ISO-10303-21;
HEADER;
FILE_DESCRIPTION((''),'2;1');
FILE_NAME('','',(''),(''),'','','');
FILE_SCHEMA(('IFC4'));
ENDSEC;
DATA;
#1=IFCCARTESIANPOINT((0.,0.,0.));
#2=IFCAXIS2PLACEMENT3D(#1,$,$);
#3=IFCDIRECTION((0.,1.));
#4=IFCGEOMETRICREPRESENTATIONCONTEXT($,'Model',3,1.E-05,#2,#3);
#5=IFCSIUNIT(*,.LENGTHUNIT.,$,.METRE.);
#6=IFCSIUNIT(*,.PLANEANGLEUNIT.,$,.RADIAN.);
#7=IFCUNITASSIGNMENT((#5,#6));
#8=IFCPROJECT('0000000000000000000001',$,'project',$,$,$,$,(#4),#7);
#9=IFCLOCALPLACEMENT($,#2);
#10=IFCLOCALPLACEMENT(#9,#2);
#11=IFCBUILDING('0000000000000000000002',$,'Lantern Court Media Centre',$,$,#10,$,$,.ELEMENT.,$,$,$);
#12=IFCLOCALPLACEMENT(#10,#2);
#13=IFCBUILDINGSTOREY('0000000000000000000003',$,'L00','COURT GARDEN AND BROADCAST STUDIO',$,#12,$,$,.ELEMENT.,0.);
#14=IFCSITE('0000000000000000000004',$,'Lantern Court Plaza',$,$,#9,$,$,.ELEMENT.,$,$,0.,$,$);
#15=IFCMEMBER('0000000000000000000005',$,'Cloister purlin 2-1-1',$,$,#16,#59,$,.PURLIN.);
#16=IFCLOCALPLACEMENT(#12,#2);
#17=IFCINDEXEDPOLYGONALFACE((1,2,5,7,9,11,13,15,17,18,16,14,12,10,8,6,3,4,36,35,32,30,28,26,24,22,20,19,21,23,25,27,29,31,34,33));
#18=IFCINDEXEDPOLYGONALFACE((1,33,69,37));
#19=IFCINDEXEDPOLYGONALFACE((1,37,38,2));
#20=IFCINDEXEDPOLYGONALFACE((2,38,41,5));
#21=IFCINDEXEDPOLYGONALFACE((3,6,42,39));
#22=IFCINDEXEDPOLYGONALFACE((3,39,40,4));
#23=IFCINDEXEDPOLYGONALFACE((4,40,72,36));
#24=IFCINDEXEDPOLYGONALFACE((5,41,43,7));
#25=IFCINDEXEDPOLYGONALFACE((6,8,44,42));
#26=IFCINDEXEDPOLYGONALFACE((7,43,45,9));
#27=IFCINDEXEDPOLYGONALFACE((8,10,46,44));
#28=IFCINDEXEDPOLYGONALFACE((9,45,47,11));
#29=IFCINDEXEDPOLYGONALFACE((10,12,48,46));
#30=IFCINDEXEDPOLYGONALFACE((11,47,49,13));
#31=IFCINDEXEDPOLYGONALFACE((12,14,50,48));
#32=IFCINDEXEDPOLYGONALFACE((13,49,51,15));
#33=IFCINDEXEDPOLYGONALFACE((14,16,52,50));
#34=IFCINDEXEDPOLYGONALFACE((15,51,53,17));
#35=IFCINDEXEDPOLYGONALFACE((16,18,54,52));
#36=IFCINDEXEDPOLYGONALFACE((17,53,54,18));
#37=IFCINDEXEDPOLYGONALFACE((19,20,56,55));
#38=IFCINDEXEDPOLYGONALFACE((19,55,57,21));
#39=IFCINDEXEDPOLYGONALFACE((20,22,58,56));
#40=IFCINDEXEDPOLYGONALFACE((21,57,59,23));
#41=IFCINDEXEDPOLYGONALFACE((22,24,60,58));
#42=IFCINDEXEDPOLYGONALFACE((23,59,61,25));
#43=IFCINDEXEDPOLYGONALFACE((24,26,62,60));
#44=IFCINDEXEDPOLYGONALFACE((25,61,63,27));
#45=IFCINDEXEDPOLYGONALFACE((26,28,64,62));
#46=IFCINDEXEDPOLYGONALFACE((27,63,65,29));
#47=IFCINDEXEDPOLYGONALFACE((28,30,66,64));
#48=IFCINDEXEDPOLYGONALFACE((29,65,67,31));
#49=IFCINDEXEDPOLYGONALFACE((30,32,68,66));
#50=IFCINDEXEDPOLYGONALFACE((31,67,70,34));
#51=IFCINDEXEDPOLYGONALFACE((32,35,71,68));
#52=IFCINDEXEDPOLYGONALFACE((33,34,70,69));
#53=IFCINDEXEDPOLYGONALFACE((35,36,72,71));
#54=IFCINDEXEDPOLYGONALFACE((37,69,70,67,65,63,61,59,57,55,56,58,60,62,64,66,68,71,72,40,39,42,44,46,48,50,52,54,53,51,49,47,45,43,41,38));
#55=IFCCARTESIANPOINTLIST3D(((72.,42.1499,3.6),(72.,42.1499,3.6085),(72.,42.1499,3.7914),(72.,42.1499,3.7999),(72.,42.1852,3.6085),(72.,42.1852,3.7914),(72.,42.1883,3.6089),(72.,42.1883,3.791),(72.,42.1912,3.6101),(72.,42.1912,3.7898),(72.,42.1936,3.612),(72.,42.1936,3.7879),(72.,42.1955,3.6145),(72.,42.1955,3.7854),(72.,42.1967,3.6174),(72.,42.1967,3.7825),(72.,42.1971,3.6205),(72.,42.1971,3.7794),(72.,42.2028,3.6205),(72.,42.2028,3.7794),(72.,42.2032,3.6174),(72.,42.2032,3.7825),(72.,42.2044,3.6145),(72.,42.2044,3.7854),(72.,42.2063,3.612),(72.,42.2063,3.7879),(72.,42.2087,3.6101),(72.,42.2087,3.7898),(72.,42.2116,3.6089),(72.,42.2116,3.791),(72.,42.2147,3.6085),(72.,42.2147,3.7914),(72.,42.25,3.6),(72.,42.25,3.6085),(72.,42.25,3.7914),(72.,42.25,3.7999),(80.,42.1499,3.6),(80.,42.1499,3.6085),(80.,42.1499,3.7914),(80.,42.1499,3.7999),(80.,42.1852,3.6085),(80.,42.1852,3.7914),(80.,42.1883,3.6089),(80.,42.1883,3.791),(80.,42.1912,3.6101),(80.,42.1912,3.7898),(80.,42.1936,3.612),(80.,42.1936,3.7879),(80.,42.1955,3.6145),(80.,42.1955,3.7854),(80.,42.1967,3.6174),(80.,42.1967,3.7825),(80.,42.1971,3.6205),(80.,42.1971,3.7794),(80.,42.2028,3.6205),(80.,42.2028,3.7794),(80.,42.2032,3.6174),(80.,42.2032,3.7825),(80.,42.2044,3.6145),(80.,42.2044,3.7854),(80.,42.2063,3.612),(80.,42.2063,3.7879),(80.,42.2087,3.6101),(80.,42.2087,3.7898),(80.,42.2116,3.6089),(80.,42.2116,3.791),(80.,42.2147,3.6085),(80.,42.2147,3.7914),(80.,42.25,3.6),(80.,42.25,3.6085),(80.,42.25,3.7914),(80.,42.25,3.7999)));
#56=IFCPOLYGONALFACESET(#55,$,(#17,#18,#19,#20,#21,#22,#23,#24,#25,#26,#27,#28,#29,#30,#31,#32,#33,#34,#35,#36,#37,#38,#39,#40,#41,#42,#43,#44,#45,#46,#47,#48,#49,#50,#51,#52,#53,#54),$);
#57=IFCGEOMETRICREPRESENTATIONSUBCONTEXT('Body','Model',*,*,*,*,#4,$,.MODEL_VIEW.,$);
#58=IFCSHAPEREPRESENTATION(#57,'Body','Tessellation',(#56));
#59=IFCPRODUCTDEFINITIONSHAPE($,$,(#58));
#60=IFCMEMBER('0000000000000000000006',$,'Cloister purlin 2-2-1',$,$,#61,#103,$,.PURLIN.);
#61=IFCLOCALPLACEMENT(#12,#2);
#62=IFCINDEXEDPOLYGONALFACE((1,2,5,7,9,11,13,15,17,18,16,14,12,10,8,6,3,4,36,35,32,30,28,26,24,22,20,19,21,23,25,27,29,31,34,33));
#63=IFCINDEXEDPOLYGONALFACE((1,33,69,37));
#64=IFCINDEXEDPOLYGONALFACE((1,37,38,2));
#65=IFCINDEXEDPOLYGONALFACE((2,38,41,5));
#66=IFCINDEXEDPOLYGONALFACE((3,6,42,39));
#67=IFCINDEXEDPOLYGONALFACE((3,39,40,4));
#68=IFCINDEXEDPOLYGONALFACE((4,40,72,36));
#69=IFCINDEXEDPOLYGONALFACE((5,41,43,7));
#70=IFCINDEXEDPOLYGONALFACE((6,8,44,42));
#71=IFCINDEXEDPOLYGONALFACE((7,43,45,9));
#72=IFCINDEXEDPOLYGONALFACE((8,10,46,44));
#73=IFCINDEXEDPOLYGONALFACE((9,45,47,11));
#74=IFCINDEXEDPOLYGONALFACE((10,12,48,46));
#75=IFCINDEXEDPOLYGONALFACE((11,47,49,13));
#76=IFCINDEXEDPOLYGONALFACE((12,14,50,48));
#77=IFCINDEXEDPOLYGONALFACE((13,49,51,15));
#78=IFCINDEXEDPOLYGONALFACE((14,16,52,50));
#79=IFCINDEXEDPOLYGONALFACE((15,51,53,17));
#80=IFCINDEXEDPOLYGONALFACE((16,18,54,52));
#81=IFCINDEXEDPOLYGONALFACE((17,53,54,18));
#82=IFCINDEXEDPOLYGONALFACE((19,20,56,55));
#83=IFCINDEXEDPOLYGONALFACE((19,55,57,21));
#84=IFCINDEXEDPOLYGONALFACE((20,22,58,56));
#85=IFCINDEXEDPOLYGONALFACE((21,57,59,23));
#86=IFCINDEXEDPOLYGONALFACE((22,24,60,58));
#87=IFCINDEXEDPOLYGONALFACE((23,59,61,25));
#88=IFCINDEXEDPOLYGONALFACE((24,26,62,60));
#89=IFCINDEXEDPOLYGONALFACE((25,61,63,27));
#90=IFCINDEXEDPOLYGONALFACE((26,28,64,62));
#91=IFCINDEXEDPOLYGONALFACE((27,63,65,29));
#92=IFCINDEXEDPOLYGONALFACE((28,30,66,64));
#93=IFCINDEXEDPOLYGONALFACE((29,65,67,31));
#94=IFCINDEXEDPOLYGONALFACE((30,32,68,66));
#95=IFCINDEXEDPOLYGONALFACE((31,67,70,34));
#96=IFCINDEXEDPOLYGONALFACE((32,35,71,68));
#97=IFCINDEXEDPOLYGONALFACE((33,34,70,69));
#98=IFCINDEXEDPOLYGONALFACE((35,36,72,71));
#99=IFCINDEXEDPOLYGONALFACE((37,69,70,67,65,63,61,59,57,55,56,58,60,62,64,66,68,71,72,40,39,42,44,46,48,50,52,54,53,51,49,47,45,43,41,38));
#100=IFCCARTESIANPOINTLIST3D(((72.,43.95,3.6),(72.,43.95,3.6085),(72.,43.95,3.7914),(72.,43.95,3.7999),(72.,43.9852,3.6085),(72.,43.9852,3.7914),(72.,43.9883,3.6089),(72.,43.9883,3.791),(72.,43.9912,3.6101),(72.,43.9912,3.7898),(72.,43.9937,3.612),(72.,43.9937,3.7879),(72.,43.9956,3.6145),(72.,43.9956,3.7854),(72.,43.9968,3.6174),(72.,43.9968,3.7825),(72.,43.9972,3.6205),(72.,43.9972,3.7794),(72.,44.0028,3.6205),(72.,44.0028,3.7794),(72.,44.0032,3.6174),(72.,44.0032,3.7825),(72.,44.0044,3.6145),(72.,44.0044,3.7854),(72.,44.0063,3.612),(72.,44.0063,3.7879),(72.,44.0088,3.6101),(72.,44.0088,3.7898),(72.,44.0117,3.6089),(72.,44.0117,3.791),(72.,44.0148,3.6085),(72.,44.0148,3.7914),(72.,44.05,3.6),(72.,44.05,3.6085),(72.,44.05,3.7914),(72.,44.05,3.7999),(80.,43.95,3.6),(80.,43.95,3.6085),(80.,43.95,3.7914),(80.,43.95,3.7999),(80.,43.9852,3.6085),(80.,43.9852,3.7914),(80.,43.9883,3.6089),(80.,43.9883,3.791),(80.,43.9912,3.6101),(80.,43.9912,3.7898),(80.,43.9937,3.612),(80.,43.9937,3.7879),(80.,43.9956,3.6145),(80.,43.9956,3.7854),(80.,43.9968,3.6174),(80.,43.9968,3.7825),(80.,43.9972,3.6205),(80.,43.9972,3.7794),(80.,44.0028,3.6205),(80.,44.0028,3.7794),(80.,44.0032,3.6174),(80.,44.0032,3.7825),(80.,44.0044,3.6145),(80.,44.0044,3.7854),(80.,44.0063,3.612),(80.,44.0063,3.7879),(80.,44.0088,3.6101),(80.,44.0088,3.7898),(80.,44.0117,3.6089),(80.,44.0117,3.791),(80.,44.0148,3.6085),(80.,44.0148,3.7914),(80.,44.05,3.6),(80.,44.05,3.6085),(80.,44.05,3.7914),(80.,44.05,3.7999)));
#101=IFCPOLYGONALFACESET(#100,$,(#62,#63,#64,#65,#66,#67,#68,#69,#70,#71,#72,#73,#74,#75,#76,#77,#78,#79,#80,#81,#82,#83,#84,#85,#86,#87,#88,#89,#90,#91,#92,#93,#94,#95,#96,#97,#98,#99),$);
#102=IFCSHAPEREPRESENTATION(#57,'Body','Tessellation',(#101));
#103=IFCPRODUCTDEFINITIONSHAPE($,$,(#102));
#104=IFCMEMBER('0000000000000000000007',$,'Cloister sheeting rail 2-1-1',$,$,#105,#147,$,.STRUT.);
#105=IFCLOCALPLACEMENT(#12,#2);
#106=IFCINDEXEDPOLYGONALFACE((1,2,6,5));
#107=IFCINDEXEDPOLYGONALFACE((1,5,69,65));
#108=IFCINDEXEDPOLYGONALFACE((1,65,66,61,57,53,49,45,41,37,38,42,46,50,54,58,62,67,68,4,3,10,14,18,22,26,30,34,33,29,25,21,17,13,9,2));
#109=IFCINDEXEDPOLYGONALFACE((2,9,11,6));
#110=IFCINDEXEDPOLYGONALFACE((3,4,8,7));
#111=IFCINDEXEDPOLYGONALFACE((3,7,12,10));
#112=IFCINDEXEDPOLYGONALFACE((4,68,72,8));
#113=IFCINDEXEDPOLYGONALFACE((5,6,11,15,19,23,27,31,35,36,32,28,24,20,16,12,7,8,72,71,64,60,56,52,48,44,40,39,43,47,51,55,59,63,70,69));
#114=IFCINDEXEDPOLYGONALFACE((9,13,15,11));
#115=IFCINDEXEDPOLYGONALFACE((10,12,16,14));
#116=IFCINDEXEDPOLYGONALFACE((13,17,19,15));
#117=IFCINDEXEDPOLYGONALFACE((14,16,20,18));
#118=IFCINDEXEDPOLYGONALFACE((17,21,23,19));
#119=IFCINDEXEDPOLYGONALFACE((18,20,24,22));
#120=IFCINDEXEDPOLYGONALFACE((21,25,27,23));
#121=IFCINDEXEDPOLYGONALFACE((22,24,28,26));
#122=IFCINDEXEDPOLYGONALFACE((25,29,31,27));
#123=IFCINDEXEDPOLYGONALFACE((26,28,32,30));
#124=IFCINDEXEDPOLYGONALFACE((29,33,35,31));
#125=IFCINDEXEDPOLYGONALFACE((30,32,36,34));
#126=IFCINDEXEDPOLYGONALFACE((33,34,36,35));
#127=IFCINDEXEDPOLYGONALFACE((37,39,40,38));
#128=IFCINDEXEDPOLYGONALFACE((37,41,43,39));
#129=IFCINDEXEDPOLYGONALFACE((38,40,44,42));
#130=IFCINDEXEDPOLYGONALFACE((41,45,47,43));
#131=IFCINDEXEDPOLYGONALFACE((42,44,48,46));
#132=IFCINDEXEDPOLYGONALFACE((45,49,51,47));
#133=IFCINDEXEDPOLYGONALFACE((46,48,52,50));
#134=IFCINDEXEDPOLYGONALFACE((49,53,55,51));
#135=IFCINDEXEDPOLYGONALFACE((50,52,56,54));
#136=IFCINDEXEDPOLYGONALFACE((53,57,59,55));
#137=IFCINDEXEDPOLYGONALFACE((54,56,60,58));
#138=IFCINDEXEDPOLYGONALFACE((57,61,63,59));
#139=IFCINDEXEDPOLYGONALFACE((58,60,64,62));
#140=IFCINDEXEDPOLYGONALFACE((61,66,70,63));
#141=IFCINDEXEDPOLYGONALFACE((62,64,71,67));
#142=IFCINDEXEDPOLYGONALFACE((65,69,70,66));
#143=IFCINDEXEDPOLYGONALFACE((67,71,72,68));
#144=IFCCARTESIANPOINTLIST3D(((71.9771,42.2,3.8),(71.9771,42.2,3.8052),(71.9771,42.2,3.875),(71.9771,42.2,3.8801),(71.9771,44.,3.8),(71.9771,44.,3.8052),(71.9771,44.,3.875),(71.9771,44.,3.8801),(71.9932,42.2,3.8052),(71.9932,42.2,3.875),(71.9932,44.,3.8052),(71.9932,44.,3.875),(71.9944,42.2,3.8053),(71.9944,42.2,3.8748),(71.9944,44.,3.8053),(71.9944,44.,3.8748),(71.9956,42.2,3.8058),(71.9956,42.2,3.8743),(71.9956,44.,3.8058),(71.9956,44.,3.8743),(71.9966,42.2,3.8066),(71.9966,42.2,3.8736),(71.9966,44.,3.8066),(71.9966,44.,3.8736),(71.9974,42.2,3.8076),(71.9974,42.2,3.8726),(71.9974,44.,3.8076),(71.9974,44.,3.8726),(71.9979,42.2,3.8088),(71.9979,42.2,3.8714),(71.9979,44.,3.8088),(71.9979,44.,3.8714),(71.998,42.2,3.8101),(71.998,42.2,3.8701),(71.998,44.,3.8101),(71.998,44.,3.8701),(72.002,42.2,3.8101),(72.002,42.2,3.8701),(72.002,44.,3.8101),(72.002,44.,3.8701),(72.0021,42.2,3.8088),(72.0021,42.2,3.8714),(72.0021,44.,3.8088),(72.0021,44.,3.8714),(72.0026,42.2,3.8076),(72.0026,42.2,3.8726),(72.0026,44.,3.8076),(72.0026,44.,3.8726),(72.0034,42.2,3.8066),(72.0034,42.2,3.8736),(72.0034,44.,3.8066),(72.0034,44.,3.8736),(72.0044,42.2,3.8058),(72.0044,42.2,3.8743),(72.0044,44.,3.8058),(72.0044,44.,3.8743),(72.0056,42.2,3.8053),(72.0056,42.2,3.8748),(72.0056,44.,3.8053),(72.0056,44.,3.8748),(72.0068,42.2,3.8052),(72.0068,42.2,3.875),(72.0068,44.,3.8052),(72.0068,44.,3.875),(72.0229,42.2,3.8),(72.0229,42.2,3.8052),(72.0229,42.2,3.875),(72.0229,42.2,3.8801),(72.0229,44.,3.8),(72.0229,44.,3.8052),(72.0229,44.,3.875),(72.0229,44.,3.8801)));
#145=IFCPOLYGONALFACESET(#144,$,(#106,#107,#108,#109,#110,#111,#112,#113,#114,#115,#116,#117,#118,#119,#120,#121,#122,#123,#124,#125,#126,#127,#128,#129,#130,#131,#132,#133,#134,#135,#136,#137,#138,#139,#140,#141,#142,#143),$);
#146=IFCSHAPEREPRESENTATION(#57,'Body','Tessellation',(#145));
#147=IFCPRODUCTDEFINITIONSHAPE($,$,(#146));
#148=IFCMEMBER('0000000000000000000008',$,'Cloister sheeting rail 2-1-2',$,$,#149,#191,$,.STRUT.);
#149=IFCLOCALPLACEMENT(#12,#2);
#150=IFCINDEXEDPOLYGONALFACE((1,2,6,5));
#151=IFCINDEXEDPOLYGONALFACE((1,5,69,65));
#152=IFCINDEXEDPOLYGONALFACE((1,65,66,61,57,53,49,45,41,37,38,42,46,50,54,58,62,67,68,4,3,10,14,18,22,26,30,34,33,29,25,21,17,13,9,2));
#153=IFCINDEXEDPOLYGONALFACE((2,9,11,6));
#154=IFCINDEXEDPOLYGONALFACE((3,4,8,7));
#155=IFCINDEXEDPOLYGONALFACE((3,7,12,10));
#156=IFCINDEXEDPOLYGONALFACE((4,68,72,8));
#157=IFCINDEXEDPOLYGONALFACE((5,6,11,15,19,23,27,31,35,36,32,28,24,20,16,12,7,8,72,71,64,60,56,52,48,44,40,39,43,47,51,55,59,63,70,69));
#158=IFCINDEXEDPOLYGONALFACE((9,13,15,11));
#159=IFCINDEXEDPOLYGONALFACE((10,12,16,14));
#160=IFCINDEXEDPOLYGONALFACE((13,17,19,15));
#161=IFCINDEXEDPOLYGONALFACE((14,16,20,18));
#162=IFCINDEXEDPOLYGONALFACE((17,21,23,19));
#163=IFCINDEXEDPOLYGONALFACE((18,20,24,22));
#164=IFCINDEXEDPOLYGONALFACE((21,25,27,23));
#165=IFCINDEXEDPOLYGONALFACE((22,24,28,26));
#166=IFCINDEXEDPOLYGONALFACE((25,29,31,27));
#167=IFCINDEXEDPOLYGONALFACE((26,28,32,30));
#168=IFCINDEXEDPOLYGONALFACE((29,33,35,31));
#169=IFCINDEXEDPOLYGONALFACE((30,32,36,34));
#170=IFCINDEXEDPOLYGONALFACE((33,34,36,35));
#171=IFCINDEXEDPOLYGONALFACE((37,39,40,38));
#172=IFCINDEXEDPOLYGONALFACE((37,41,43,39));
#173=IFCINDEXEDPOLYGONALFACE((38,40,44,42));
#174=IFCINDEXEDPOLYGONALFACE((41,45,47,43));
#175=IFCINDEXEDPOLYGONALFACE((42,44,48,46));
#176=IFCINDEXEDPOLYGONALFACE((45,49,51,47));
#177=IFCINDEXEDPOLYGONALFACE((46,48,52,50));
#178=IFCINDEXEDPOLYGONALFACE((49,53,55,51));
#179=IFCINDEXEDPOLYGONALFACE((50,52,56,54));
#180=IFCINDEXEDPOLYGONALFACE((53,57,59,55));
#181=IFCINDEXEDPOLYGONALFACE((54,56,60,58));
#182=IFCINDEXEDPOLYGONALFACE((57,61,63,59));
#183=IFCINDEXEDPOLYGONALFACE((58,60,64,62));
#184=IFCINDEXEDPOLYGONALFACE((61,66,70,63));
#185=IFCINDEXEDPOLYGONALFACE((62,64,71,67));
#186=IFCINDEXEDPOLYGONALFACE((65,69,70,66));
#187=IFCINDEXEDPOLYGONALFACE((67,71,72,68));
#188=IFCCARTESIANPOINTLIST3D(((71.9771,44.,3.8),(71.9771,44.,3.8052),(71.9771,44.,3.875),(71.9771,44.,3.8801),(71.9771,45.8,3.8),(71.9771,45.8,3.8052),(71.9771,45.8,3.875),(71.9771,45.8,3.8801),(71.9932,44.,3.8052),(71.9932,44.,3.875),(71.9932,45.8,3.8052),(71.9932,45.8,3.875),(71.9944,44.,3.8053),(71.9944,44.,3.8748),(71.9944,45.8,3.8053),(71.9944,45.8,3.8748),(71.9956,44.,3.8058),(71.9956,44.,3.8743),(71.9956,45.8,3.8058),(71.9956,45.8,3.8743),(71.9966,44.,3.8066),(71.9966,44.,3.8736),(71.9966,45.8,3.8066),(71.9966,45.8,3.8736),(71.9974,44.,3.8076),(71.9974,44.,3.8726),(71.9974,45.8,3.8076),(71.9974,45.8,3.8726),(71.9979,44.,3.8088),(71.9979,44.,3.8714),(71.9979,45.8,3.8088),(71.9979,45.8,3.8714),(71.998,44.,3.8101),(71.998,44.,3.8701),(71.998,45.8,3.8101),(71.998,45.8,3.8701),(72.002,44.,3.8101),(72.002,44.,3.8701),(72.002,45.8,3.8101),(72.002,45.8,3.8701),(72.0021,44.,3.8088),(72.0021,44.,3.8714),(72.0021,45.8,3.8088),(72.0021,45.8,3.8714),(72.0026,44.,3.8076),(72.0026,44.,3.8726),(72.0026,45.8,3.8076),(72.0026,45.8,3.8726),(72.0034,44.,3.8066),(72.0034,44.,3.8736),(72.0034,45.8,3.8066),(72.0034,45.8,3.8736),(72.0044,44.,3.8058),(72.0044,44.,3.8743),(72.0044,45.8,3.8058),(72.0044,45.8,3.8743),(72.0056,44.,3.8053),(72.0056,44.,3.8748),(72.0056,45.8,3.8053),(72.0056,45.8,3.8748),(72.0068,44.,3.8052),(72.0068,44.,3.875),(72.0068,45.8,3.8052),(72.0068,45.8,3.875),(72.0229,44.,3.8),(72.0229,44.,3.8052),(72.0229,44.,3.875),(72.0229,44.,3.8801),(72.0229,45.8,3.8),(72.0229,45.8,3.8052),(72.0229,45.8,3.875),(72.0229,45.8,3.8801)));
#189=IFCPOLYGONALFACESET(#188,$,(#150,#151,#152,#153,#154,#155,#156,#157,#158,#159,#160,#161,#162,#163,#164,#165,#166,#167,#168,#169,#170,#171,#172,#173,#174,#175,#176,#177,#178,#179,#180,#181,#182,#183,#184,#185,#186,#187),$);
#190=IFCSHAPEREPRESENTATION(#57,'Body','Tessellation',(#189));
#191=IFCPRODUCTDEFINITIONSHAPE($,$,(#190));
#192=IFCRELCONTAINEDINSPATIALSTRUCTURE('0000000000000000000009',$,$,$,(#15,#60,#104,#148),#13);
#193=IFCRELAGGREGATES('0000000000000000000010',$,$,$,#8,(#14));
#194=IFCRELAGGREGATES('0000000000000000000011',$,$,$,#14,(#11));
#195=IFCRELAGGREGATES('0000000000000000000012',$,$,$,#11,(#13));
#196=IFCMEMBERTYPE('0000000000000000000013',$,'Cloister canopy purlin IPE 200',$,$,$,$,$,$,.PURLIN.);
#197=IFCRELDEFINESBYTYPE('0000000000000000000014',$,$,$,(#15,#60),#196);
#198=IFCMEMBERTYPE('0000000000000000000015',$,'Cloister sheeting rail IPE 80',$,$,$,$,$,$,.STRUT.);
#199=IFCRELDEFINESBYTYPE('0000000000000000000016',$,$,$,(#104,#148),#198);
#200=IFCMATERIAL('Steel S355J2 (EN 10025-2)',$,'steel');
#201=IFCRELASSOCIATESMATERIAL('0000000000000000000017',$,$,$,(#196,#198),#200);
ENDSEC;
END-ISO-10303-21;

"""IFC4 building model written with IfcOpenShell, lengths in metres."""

from ifc_helpers import new_model, si_unit, direction, frame, origin, origin_2d, place, context, subcontext, project, spatial, i_section, extrude, material, material_profile, profile_set, type_object, element, save


model = new_model("IFC4")

# Units and contexts
model_context = context("Model", 3, precision=1e-05, world=origin(), true_north=direction((0.0, 1.0)))
body_context = subcontext(model_context, "Body", "Model", "MODEL_VIEW")
ifc_project = project(units=[si_unit("LENGTHUNIT", "METRE"), si_unit("PLANEANGLEUNIT", "RADIAN")], contexts=[model_context])

# Site, building, storey
site_placement = place(None, origin())
site = spatial("IfcSite", under=ifc_project, at=site_placement, Name="Lantern Court Plaza", CompositionType="ELEMENT", RefElevation=0.0)
building_placement = place(site_placement, origin())
building = spatial("IfcBuilding", under=site, at=building_placement, Name="Lantern Court Media Centre", CompositionType="ELEMENT")
storey_placement = place(building_placement, origin())
storey = spatial("IfcBuildingStorey", under=building, at=storey_placement, Name="L00", Description="COURT GARDEN AND BROADCAST STUDIO", CompositionType="ELEMENT", Elevation=0.0)

# Shared definitions
ifc_material_1 = material(Name="Steel S355J2 (EN 10025-2)", Category="steel")

# Members
ifc_material_profile_1 = material_profile(ifc_material_1, i_section(OverallWidth=0.1001, OverallDepth=0.2, WebThickness=0.0056, FlangeThickness=0.0085, FilletRadius=0.012, at=origin_2d()), Name="IPE 200")
ifc_profile_set_1 = profile_set([ifc_material_profile_1], Name="Steel S355J2 (EN 10025-2)")
member_type_1 = type_object("IfcMemberType", Name="Cloister canopy purlin IPE 200", PredefinedType="PURLIN", material=ifc_profile_set_1)
for number, where, z_axis, x_axis, name in (
    (1, (72.0, 42.2, 3.7), (1.0, 0.0, 0.0), (0.0, 1.0, 0.0), "Cloister purlin 2-1-1"),
    (2, (72.0, 44.0, 3.7), (1.0, 0.0, 0.0), (0.0, 1.0, 0.0), "Cloister purlin 2-2-1"),
):
    element("IfcMember", number, at=place(storey_placement, frame(where, z_axis=z_axis, x_axis=x_axis)), inside=storey, type_object=member_type_1, Name=name, PredefinedType="PURLIN", context=body_context, shape_type="SweptSolid", body=[
        extrude(i_section(OverallWidth=0.1001, OverallDepth=0.2, WebThickness=0.0056, FlangeThickness=0.0085, FilletRadius=0.012, at=origin_2d()), origin(), (0.0, 0.0, 1.0), 8.0),
    ])
ifc_material_profile_2 = material_profile(ifc_material_1, i_section(OverallWidth=0.0459, OverallDepth=0.0801, WebThickness=0.0039, FlangeThickness=0.0051, FilletRadius=0.0049, at=origin_2d()), Name="IPE 80")
ifc_profile_set_2 = profile_set([ifc_material_profile_2], Name="Steel S355J2 (EN 10025-2)")
member_type_2 = type_object("IfcMemberType", Name="Cloister sheeting rail IPE 80", PredefinedType="STRUT", material=ifc_profile_set_2)
for number, where, z_axis, x_axis, name in (
    (3, (72.0, 42.2, 3.8401), (0.0, 1.0, 0.0), (-1.0, 0.0, 0.0), "Cloister sheeting rail 2-1-1"),
    (4, (72.0, 44.0, 3.8401), (0.0, 1.0, 0.0), (-1.0, 0.0, 0.0), "Cloister sheeting rail 2-1-2"),
):
    element("IfcMember", number, at=place(storey_placement, frame(where, z_axis=z_axis, x_axis=x_axis)), inside=storey, type_object=member_type_2, Name=name, PredefinedType="STRUT", context=body_context, shape_type="SweptSolid", body=[
        extrude(i_section(OverallWidth=0.0459, OverallDepth=0.0801, WebThickness=0.0039, FlangeThickness=0.0051, FilletRadius=0.0049, at=origin_2d()), origin(), (0.0, 0.0, 1.0), 1.8),
    ])

save(model, "model.ifc")
